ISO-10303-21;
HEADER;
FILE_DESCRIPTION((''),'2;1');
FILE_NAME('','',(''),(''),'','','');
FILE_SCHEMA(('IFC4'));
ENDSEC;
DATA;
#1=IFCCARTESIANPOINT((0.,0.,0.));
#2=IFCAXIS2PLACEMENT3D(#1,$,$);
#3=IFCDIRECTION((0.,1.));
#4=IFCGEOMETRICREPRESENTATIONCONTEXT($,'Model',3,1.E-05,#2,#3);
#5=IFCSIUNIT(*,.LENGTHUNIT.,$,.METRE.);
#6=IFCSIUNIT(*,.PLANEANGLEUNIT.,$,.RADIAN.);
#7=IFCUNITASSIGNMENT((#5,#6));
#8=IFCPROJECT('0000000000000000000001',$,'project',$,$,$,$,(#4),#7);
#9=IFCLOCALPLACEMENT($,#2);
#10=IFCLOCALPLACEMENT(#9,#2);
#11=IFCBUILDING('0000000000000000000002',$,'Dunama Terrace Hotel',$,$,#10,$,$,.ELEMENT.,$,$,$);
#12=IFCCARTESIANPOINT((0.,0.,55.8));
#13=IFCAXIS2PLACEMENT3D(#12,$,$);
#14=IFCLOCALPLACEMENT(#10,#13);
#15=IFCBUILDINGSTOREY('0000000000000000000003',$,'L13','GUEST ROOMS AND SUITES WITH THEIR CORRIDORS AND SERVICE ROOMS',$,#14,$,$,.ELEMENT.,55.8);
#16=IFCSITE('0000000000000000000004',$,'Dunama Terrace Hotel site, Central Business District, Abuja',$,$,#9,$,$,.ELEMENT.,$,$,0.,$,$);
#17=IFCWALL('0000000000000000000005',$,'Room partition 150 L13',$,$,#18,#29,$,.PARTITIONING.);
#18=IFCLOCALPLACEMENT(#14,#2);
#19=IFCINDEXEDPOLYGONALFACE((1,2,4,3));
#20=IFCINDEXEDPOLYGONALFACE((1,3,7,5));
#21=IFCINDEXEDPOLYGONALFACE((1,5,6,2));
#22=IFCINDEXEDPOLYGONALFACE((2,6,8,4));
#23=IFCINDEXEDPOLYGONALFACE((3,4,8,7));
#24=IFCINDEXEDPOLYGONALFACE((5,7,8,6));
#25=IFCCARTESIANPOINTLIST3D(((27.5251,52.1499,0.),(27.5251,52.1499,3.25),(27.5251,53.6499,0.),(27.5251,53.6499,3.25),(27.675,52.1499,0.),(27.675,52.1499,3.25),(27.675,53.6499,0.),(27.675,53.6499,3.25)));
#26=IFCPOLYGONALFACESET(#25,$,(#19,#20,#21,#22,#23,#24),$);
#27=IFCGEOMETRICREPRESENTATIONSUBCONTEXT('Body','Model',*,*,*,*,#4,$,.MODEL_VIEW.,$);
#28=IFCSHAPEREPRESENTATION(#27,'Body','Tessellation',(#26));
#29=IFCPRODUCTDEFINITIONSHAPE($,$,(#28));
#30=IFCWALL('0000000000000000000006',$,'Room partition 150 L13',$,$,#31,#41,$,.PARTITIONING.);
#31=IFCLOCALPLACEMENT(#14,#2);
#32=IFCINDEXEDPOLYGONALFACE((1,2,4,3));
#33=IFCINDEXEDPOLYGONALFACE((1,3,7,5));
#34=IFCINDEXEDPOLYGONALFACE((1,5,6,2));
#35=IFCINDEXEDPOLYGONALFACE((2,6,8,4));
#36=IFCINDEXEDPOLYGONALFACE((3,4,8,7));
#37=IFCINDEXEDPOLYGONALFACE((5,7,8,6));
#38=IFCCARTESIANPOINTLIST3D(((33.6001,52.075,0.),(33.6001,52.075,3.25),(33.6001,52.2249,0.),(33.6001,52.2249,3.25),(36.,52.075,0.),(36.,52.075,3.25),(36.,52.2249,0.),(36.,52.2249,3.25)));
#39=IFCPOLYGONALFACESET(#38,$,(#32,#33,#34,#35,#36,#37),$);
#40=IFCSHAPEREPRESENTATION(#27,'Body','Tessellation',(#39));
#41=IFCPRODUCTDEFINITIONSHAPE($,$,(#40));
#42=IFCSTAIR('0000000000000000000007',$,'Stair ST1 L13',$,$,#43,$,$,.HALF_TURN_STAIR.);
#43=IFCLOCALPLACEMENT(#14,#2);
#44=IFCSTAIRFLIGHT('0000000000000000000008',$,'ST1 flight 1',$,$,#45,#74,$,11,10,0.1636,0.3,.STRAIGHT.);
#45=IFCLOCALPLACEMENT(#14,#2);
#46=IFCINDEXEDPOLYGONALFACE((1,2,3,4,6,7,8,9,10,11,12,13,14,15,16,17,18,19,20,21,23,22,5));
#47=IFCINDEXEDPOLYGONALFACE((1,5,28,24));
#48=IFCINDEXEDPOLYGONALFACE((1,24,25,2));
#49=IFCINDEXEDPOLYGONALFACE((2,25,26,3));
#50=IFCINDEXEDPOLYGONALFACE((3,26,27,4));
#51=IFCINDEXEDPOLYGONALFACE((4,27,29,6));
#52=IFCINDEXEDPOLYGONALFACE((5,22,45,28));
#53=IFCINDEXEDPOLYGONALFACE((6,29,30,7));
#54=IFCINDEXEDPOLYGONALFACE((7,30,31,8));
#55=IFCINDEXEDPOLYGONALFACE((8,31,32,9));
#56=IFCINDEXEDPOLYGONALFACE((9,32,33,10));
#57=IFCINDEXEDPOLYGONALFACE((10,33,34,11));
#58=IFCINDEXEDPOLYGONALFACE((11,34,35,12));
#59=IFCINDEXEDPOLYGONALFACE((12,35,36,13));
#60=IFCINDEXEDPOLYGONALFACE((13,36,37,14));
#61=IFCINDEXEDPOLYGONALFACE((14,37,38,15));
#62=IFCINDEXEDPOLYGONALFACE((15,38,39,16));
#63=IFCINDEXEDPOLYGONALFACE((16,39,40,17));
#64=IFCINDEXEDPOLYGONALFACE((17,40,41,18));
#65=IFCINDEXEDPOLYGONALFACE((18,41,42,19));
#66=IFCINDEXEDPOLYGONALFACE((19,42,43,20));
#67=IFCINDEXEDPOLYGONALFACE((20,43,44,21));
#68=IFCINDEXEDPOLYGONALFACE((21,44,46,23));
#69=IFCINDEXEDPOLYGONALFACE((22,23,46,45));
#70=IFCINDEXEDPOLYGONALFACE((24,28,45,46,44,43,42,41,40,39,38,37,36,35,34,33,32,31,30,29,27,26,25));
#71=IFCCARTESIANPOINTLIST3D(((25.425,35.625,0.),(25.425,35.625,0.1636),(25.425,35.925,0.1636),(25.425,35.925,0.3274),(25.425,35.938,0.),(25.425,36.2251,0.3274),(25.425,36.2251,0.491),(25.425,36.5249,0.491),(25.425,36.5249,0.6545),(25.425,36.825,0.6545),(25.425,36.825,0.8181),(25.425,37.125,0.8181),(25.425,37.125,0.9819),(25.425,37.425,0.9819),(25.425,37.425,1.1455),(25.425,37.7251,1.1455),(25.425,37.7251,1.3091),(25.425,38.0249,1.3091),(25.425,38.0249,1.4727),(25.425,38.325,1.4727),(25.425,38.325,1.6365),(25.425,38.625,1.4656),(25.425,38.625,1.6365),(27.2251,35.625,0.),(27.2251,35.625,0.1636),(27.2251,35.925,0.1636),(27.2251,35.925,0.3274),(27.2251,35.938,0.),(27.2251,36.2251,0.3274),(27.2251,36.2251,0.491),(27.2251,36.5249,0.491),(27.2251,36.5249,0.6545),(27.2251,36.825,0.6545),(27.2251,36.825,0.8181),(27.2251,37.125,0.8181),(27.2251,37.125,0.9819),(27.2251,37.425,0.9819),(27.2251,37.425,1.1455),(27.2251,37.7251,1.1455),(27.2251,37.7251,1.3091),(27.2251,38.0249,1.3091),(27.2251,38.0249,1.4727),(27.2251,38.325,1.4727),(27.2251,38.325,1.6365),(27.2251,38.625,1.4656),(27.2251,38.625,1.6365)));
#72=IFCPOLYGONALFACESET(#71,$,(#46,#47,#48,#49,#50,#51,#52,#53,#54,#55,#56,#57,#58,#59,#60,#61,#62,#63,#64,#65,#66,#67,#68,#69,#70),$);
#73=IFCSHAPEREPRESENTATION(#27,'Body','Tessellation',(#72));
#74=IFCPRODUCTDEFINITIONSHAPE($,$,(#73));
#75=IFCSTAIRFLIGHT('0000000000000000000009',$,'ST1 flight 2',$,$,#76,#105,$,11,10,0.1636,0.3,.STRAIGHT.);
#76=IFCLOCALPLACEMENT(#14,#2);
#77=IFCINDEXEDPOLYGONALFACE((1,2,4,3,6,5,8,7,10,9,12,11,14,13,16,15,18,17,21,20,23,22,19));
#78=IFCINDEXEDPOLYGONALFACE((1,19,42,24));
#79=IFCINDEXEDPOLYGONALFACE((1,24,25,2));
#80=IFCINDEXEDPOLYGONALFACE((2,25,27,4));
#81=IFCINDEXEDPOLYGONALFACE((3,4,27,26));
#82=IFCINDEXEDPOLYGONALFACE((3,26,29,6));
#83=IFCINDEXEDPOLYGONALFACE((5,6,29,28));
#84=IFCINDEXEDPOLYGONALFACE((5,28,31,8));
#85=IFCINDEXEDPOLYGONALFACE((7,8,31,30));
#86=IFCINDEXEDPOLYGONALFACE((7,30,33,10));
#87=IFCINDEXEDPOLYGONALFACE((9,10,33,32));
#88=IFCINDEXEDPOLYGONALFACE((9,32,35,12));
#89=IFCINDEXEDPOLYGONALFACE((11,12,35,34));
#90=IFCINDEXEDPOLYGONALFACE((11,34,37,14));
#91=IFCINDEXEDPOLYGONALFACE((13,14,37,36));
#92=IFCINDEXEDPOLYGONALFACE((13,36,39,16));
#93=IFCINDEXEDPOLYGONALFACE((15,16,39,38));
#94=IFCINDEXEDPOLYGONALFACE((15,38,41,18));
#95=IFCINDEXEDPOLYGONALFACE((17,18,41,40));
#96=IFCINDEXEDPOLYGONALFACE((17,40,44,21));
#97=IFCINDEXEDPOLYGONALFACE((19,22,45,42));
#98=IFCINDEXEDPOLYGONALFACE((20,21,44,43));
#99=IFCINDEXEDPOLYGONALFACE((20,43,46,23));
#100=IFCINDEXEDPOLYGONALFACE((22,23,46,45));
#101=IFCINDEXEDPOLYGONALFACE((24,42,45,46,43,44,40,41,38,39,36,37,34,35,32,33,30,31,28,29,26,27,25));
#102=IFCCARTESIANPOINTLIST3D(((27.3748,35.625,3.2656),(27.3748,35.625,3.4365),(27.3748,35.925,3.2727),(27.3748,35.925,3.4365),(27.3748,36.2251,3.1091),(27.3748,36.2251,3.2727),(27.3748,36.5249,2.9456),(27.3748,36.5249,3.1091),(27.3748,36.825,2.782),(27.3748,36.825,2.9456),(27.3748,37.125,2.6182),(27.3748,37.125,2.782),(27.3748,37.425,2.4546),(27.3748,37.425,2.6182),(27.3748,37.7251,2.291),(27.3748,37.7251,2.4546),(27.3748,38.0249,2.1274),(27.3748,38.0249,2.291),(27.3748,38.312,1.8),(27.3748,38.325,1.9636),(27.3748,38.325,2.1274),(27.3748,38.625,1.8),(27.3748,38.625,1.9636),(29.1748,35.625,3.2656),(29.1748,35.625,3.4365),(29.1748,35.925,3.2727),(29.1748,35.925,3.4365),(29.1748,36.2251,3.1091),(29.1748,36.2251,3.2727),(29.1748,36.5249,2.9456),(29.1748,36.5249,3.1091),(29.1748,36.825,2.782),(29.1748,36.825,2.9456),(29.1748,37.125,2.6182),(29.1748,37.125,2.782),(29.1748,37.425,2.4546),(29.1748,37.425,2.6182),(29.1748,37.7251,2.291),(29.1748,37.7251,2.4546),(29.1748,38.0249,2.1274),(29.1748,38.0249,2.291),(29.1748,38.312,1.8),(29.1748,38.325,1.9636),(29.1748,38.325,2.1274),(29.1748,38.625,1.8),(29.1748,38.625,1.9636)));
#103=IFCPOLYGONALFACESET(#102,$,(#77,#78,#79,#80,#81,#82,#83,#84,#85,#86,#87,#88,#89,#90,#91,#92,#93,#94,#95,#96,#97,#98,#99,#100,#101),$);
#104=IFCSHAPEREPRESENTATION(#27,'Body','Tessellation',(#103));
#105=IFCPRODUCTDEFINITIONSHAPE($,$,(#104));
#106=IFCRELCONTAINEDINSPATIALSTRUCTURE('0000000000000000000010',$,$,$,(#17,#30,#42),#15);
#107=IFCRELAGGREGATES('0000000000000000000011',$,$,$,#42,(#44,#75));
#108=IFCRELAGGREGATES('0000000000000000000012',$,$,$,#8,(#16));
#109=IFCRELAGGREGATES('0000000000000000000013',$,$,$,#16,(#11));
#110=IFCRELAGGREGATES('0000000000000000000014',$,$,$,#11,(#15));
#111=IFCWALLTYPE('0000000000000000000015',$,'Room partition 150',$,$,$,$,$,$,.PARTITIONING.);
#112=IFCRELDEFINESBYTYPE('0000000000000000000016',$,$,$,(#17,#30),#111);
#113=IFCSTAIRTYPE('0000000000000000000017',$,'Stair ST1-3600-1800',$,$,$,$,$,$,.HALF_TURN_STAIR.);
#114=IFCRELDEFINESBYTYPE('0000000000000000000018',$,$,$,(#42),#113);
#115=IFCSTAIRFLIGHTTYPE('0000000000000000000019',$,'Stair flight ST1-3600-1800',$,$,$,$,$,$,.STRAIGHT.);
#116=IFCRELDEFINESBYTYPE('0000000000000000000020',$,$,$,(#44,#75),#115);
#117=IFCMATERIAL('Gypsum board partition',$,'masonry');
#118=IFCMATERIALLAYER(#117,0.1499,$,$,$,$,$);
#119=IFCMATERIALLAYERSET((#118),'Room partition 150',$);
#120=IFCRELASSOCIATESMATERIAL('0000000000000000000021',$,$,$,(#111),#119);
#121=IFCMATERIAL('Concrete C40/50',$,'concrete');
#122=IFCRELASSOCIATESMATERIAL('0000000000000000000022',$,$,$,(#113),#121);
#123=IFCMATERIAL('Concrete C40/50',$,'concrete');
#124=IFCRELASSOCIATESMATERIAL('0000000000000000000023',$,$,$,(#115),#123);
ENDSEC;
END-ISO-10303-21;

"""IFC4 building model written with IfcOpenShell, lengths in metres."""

from ifc_helpers import new_model, si_unit, direction, frame, frame_2d, origin, place, context, subcontext, project, spatial, polyline, rectangle, outline, extrude, material, layer, layer_set, type_object, element, aggregate, save


model = new_model("IFC4")

# Units and contexts
model_context = context("Model", 3, precision=1e-05, world=origin(), true_north=direction((0.0, 1.0)))
body_context = subcontext(model_context, "Body", "Model", "MODEL_VIEW")
ifc_project = project(units=[si_unit("LENGTHUNIT", "METRE"), si_unit("PLANEANGLEUNIT", "RADIAN")], contexts=[model_context])

# Site, building, storey
site_placement = place(None, origin())
site = spatial("IfcSite", under=ifc_project, at=site_placement, Name="Dunama Terrace Hotel site, Central Business District, Abuja", CompositionType="ELEMENT", RefElevation=0.0)
building_placement = place(site_placement, origin())
building = spatial("IfcBuilding", under=site, at=building_placement, Name="Dunama Terrace Hotel", CompositionType="ELEMENT")
storey_placement = place(building_placement, frame((0.0, 0.0, 55.8)))
storey = spatial("IfcBuildingStorey", under=building, at=storey_placement, Name="L13", Description="GUEST ROOMS AND SUITES WITH THEIR CORRIDORS AND SERVICE ROOMS", CompositionType="ELEMENT", Elevation=55.8)

# Walls
ifc_material_1 = material(Name="Gypsum board partition", Category="masonry")
ifc_layer_1 = layer(ifc_material_1, 0.1499)
ifc_layer_set_1 = layer_set([ifc_layer_1], Name="Room partition 150")
wall_type_1 = type_object("IfcWallType", Name="Room partition 150", PredefinedType="PARTITIONING", material=ifc_layer_set_1)
wall_1_placement = place(storey_placement, frame((27.6001, 52.1499, 0.0), z_axis=(0.0, 0.0, 1.0), x_axis=(0.0, 1.0, 0.0)))
element("IfcWall", 1, at=wall_1_placement, inside=storey, type_object=wall_type_1, Name="Room partition 150 L13", PredefinedType="PARTITIONING", context=body_context, shape_type="SweptSolid", body=[
    extrude(rectangle(XDim=1.5, YDim=0.1499, at=frame_2d((0.75, 0.0))), origin(), (0.0, 0.0, 1.0), 3.25),
])
wall_2_placement = place(storey_placement, frame((33.6001, 52.1499, 0.0), z_axis=(0.0, 0.0, 1.0), x_axis=(1.0, 0.0, 0.0)))
element("IfcWall", 2, at=wall_2_placement, inside=storey, type_object=wall_type_1, Name="Room partition 150 L13", PredefinedType="PARTITIONING", context=body_context, shape_type="SweptSolid", body=[
    extrude(rectangle(XDim=2.3999, YDim=0.1499, at=frame_2d((1.2, 0.0))), origin(), (0.0, 0.0, 1.0), 3.25),
])

# Stair, stair flights
ifc_material_2 = material(Name="Concrete C40/50", Category="concrete")
stair_type = type_object("IfcStairType", Name="Stair ST1-3600-1800", PredefinedType="HALF_TURN_STAIR", material=ifc_material_2)
stair_placement = place(storey_placement, origin())
stair = element("IfcStair", 3, at=stair_placement, inside=storey, type_object=stair_type, Name="Stair ST1 L13", PredefinedType="HALF_TURN_STAIR")
ifc_material_3 = material(Name="Concrete C40/50", Category="concrete")
stair_flight_type = type_object("IfcStairFlightType", Name="Stair flight ST1-3600-1800", PredefinedType="STRAIGHT", material=ifc_material_3)
stair_flight_1_placement = place(storey_placement, frame((26.325, 35.625, 0.0), z_axis=(0.0, 0.0, 1.0), x_axis=(0.0, 1.0, 0.0)))
stair_flight_1 = element("IfcStairFlight", 4, at=stair_flight_1_placement, type_object=stair_flight_type, Name="ST1 flight 1", NumberOfRisers=11, NumberOfTreads=10, PredefinedType="STRAIGHT", RiserHeight=0.1636, TreadLength=0.3, context=body_context, shape_type="SweptSolid", body=[
    extrude(outline(polyline([(0.0, 0.0), (0.0, 0.1636), (0.3, 0.1636), (0.3, 0.3274), (0.6001, 0.3274), (0.6001, 0.491), (0.8999, 0.491), (0.8999, 0.6545), (1.2, 0.6545), (1.2, 0.8181), (1.5, 0.8181), (1.5, 0.9819), (1.8, 0.9819), (1.8, 1.1455), (2.1001, 1.1455), (2.1001, 1.3091), (2.3999, 1.3091), (2.3999, 1.4727), (2.7, 1.4727), (2.7, 1.6365), (3.0, 1.6365), (3.0, 1.8), (3.0, 1.4656), (0.313, 0.0), (0.0, 0.0)])), frame((0.0, 0.8999, 0.0), z_axis=(0.0, -1.0, 0.0), x_axis=(1.0, 0.0, 0.0)), (0.0, 0.0, 1.0), 1.8),
])
stair_flight_2_placement = place(storey_placement, frame((28.2749, 38.625, 1.8), z_axis=(0.0, 0.0, 1.0), x_axis=(0.0, -1.0, 0.0)))
stair_flight_2 = element("IfcStairFlight", 5, at=stair_flight_2_placement, type_object=stair_flight_type, Name="ST1 flight 2", NumberOfRisers=11, NumberOfTreads=10, PredefinedType="STRAIGHT", RiserHeight=0.1636, TreadLength=0.3, context=body_context, shape_type="SweptSolid", body=[
    extrude(outline(polyline([(0.0, 0.0), (0.0, 0.1636), (0.3, 0.1636), (0.3, 0.3274), (0.6001, 0.3274), (0.6001, 0.491), (0.8999, 0.491), (0.8999, 0.6545), (1.2, 0.6545), (1.2, 0.8181), (1.5, 0.8181), (1.5, 0.9819), (1.8, 0.9819), (1.8, 1.1455), (2.1001, 1.1455), (2.1001, 1.3091), (2.3999, 1.3091), (2.3999, 1.4727), (2.7, 1.4727), (2.7, 1.6365), (3.0, 1.6365), (3.0, 1.8), (3.0, 1.4656), (0.313, 0.0), (0.0, 0.0)])), frame((0.0, 0.8999, 0.0), z_axis=(0.0, -1.0, 0.0), x_axis=(1.0, 0.0, 0.0)), (0.0, 0.0, 1.0), 1.8),
])
aggregate(stair, [stair_flight_1, stair_flight_2])

save(model, "model.ifc")
